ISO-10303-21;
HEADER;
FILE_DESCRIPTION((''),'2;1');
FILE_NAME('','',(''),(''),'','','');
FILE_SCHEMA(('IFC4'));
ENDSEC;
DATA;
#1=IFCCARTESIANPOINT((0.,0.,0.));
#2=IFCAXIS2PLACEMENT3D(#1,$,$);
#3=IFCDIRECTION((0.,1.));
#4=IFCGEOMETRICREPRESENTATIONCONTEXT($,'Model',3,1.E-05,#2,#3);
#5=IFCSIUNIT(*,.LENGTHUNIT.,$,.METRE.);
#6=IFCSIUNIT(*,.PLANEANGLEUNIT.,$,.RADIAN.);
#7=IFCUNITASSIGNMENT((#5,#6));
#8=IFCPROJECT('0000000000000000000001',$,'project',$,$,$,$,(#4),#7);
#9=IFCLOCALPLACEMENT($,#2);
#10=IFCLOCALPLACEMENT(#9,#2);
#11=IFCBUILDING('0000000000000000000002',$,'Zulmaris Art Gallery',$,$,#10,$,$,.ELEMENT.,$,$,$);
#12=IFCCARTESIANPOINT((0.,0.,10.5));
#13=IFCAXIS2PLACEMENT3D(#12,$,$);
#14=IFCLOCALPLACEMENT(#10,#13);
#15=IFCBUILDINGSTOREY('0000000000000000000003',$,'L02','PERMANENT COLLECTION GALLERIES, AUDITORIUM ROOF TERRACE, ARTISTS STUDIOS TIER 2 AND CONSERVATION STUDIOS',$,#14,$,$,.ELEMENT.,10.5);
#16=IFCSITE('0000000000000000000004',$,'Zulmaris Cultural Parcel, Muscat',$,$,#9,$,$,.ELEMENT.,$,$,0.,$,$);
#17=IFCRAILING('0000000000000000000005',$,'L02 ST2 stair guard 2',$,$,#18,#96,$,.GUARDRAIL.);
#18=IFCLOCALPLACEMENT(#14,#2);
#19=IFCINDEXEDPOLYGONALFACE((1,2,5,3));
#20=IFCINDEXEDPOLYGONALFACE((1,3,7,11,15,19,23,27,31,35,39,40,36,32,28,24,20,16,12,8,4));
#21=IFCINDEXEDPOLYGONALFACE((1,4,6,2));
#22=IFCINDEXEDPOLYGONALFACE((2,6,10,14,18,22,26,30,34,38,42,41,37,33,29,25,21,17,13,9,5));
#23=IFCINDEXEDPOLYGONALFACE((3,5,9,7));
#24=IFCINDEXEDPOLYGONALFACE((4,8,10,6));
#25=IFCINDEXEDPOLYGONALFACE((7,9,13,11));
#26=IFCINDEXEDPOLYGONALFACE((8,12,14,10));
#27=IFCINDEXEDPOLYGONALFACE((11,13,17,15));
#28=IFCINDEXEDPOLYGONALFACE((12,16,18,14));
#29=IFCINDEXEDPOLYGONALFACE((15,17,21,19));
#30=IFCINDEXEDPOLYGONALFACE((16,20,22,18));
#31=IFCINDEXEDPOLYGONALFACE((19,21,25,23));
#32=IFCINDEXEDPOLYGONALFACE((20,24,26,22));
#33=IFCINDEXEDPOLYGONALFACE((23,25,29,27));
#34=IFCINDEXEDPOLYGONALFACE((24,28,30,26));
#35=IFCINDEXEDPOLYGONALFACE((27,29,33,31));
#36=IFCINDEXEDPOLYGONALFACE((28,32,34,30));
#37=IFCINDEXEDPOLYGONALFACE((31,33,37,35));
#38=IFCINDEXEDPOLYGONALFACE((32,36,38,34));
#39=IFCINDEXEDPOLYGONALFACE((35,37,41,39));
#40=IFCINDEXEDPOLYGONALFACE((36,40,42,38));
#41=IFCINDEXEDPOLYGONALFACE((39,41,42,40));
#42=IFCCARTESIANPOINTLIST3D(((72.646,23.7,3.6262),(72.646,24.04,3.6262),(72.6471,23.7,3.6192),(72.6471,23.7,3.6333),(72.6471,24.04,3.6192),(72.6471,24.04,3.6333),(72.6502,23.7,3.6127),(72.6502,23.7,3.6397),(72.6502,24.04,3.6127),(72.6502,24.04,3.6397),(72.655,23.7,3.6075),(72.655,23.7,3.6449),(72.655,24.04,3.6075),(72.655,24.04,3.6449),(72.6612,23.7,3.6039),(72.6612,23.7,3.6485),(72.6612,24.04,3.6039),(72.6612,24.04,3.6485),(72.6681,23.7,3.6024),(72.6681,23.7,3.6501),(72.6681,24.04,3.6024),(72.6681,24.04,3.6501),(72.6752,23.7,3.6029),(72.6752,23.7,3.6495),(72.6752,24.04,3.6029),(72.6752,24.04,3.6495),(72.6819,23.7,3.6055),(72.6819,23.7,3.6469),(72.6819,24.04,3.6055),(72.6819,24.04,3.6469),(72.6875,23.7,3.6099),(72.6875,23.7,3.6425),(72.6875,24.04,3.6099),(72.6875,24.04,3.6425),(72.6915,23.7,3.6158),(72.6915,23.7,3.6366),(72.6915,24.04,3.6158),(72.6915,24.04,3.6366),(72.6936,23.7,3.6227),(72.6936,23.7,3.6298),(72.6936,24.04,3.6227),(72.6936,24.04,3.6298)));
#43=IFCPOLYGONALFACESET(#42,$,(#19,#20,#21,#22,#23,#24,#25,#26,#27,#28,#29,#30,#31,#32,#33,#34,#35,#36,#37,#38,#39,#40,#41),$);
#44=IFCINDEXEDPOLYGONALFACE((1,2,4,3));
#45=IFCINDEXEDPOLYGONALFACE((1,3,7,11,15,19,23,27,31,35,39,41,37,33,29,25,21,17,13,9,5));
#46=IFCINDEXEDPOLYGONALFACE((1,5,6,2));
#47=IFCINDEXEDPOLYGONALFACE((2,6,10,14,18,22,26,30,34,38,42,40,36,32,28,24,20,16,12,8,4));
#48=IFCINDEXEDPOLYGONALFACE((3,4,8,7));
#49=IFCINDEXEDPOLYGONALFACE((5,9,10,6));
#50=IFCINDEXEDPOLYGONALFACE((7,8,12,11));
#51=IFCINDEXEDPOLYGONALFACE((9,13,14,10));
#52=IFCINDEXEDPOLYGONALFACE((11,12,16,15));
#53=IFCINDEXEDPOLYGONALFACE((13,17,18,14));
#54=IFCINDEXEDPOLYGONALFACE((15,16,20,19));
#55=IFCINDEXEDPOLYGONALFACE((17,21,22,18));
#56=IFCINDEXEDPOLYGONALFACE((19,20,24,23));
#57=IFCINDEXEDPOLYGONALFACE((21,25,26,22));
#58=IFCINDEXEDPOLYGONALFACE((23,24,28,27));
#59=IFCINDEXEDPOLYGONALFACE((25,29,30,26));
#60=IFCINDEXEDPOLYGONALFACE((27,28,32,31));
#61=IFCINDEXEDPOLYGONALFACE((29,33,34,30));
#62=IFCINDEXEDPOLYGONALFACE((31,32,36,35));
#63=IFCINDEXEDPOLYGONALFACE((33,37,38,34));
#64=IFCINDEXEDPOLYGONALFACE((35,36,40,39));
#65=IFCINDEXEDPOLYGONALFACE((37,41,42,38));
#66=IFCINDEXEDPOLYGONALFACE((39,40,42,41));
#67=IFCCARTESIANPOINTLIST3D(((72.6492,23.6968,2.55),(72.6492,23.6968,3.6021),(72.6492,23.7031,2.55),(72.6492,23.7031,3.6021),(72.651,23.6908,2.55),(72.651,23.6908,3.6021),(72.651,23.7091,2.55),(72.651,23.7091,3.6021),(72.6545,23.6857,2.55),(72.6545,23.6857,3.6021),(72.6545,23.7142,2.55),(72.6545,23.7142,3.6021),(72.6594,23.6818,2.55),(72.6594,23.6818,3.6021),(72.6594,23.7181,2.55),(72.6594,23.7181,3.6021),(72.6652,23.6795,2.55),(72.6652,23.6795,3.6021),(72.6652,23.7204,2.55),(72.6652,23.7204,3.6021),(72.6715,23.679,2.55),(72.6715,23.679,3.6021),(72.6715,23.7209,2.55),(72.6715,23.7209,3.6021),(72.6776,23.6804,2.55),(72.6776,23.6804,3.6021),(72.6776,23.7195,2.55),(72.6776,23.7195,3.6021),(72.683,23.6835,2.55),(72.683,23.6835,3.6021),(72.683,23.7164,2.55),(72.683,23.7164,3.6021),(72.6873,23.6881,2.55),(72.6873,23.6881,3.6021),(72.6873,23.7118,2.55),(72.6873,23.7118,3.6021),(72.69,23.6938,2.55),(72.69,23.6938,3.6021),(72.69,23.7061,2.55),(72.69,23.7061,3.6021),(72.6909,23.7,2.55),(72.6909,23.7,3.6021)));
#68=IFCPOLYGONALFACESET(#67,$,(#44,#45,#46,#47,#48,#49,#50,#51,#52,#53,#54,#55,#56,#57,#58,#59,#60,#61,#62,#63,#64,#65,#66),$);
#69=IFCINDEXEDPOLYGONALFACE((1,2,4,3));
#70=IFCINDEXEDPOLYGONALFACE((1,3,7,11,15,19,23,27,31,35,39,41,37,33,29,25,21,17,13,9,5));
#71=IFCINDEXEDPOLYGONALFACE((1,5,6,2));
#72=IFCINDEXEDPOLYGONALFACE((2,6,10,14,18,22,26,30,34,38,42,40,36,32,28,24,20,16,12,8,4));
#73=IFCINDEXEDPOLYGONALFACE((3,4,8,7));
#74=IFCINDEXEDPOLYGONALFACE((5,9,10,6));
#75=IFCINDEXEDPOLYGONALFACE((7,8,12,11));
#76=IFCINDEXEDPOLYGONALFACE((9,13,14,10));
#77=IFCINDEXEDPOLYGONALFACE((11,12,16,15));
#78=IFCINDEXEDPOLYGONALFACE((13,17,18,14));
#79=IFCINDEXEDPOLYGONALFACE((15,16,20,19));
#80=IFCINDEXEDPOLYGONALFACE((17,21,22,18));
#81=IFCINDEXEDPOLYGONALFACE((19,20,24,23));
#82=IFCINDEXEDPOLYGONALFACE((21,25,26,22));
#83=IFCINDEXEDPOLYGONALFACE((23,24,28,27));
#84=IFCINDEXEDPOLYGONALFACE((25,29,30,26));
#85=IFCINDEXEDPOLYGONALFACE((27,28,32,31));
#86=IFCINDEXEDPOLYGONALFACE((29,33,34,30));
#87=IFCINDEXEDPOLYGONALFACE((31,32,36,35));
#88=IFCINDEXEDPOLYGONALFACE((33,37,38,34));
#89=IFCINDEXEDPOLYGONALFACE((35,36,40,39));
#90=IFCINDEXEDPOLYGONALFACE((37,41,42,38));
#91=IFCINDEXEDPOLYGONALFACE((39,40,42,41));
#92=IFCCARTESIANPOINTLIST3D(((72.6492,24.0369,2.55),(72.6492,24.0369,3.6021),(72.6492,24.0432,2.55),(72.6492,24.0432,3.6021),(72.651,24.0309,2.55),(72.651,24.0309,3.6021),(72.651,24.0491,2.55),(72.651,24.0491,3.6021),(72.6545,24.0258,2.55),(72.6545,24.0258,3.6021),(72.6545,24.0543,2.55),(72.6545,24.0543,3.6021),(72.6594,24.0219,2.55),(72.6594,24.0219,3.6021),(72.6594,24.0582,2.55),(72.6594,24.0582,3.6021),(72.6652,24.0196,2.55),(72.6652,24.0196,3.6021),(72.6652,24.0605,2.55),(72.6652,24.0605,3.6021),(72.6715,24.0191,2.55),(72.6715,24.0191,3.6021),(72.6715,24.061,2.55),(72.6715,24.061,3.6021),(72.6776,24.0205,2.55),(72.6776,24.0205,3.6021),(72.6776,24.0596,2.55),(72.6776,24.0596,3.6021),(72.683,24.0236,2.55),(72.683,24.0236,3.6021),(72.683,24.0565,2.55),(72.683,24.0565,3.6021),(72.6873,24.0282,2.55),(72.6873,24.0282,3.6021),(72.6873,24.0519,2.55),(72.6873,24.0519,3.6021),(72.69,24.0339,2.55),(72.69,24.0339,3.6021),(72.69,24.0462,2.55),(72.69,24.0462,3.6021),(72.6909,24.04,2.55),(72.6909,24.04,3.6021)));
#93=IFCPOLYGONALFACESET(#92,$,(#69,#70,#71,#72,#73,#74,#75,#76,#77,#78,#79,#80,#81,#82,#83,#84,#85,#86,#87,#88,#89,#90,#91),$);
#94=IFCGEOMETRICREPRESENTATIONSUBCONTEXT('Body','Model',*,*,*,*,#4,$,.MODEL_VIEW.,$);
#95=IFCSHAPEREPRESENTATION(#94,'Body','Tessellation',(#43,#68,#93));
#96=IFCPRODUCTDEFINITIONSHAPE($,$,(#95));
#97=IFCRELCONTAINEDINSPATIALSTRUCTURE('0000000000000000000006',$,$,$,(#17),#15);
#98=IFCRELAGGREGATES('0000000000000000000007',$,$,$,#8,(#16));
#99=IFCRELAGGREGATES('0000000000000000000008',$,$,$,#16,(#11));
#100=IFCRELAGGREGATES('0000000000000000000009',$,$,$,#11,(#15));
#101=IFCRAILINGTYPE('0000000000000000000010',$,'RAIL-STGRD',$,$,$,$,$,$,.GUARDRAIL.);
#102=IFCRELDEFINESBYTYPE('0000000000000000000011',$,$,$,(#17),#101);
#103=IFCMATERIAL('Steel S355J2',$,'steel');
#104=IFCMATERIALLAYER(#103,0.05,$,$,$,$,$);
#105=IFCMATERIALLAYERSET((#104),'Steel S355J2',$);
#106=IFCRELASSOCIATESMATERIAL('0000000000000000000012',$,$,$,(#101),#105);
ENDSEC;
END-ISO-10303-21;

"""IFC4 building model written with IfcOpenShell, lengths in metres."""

from ifc_helpers import new_model, si_unit, direction, frame, origin, origin_2d, place, context, subcontext, project, spatial, circle, extrude, material, layer, layer_set, type_object, element, save


model = new_model("IFC4")

# Units and contexts
model_context = context("Model", 3, precision=1e-05, world=origin(), true_north=direction((0.0, 1.0)))
body_context = subcontext(model_context, "Body", "Model", "MODEL_VIEW")
ifc_project = project(units=[si_unit("LENGTHUNIT", "METRE"), si_unit("PLANEANGLEUNIT", "RADIAN")], contexts=[model_context])

# Site, building, storey
site_placement = place(None, origin())
site = spatial("IfcSite", under=ifc_project, at=site_placement, Name="Zulmaris Cultural Parcel, Muscat", CompositionType="ELEMENT", RefElevation=0.0)
building_placement = place(site_placement, origin())
building = spatial("IfcBuilding", under=site, at=building_placement, Name="Zulmaris Art Gallery", CompositionType="ELEMENT")
storey_placement = place(building_placement, frame((0.0, 0.0, 10.5)))
storey = spatial("IfcBuildingStorey", under=building, at=storey_placement, Name="L02", Description="PERMANENT COLLECTION GALLERIES, AUDITORIUM ROOF TERRACE, ARTISTS STUDIOS TIER 2 AND CONSERVATION STUDIOS", CompositionType="ELEMENT", Elevation=10.5)

# Shared definitions
ifc_material_1 = material(Name="Steel S355J2", Category="steel")

# Railing
ifc_layer_1 = layer(ifc_material_1, 0.05)
ifc_layer_set_1 = layer_set([ifc_layer_1], Name="Steel S355J2")
railing_type_1 = type_object("IfcRailingType", Name="RAIL-STGRD", PredefinedType="GUARDRAIL", material=ifc_layer_set_1)
railing_1_placement = place(storey_placement, frame((72.6699, 23.7, 2.55)))
element("IfcRailing", 1, at=railing_1_placement, inside=storey, type_object=railing_type_1, Name="L02 ST2 stair guard 2", PredefinedType="GUARDRAIL", context=body_context, shape_type="SweptSolid", body=[
    extrude(circle(Radius=0.0239, at=origin_2d()), frame((0.0, 0.0, 1.0762), z_axis=(0.0, 1.0, 0.0), x_axis=(-1.0, 0.0, 0.0)), (0.0, 0.0, 1.0), 0.3401),
    extrude(circle(Radius=0.021, at=origin_2d()), origin(), (0.0, 0.0, 1.0), 1.052),
    extrude(circle(Radius=0.021, at=origin_2d()), frame((0.0, 0.3401, 0.0)), (0.0, 0.0, 1.0), 1.052),
])

save(model, "model.ifc")
